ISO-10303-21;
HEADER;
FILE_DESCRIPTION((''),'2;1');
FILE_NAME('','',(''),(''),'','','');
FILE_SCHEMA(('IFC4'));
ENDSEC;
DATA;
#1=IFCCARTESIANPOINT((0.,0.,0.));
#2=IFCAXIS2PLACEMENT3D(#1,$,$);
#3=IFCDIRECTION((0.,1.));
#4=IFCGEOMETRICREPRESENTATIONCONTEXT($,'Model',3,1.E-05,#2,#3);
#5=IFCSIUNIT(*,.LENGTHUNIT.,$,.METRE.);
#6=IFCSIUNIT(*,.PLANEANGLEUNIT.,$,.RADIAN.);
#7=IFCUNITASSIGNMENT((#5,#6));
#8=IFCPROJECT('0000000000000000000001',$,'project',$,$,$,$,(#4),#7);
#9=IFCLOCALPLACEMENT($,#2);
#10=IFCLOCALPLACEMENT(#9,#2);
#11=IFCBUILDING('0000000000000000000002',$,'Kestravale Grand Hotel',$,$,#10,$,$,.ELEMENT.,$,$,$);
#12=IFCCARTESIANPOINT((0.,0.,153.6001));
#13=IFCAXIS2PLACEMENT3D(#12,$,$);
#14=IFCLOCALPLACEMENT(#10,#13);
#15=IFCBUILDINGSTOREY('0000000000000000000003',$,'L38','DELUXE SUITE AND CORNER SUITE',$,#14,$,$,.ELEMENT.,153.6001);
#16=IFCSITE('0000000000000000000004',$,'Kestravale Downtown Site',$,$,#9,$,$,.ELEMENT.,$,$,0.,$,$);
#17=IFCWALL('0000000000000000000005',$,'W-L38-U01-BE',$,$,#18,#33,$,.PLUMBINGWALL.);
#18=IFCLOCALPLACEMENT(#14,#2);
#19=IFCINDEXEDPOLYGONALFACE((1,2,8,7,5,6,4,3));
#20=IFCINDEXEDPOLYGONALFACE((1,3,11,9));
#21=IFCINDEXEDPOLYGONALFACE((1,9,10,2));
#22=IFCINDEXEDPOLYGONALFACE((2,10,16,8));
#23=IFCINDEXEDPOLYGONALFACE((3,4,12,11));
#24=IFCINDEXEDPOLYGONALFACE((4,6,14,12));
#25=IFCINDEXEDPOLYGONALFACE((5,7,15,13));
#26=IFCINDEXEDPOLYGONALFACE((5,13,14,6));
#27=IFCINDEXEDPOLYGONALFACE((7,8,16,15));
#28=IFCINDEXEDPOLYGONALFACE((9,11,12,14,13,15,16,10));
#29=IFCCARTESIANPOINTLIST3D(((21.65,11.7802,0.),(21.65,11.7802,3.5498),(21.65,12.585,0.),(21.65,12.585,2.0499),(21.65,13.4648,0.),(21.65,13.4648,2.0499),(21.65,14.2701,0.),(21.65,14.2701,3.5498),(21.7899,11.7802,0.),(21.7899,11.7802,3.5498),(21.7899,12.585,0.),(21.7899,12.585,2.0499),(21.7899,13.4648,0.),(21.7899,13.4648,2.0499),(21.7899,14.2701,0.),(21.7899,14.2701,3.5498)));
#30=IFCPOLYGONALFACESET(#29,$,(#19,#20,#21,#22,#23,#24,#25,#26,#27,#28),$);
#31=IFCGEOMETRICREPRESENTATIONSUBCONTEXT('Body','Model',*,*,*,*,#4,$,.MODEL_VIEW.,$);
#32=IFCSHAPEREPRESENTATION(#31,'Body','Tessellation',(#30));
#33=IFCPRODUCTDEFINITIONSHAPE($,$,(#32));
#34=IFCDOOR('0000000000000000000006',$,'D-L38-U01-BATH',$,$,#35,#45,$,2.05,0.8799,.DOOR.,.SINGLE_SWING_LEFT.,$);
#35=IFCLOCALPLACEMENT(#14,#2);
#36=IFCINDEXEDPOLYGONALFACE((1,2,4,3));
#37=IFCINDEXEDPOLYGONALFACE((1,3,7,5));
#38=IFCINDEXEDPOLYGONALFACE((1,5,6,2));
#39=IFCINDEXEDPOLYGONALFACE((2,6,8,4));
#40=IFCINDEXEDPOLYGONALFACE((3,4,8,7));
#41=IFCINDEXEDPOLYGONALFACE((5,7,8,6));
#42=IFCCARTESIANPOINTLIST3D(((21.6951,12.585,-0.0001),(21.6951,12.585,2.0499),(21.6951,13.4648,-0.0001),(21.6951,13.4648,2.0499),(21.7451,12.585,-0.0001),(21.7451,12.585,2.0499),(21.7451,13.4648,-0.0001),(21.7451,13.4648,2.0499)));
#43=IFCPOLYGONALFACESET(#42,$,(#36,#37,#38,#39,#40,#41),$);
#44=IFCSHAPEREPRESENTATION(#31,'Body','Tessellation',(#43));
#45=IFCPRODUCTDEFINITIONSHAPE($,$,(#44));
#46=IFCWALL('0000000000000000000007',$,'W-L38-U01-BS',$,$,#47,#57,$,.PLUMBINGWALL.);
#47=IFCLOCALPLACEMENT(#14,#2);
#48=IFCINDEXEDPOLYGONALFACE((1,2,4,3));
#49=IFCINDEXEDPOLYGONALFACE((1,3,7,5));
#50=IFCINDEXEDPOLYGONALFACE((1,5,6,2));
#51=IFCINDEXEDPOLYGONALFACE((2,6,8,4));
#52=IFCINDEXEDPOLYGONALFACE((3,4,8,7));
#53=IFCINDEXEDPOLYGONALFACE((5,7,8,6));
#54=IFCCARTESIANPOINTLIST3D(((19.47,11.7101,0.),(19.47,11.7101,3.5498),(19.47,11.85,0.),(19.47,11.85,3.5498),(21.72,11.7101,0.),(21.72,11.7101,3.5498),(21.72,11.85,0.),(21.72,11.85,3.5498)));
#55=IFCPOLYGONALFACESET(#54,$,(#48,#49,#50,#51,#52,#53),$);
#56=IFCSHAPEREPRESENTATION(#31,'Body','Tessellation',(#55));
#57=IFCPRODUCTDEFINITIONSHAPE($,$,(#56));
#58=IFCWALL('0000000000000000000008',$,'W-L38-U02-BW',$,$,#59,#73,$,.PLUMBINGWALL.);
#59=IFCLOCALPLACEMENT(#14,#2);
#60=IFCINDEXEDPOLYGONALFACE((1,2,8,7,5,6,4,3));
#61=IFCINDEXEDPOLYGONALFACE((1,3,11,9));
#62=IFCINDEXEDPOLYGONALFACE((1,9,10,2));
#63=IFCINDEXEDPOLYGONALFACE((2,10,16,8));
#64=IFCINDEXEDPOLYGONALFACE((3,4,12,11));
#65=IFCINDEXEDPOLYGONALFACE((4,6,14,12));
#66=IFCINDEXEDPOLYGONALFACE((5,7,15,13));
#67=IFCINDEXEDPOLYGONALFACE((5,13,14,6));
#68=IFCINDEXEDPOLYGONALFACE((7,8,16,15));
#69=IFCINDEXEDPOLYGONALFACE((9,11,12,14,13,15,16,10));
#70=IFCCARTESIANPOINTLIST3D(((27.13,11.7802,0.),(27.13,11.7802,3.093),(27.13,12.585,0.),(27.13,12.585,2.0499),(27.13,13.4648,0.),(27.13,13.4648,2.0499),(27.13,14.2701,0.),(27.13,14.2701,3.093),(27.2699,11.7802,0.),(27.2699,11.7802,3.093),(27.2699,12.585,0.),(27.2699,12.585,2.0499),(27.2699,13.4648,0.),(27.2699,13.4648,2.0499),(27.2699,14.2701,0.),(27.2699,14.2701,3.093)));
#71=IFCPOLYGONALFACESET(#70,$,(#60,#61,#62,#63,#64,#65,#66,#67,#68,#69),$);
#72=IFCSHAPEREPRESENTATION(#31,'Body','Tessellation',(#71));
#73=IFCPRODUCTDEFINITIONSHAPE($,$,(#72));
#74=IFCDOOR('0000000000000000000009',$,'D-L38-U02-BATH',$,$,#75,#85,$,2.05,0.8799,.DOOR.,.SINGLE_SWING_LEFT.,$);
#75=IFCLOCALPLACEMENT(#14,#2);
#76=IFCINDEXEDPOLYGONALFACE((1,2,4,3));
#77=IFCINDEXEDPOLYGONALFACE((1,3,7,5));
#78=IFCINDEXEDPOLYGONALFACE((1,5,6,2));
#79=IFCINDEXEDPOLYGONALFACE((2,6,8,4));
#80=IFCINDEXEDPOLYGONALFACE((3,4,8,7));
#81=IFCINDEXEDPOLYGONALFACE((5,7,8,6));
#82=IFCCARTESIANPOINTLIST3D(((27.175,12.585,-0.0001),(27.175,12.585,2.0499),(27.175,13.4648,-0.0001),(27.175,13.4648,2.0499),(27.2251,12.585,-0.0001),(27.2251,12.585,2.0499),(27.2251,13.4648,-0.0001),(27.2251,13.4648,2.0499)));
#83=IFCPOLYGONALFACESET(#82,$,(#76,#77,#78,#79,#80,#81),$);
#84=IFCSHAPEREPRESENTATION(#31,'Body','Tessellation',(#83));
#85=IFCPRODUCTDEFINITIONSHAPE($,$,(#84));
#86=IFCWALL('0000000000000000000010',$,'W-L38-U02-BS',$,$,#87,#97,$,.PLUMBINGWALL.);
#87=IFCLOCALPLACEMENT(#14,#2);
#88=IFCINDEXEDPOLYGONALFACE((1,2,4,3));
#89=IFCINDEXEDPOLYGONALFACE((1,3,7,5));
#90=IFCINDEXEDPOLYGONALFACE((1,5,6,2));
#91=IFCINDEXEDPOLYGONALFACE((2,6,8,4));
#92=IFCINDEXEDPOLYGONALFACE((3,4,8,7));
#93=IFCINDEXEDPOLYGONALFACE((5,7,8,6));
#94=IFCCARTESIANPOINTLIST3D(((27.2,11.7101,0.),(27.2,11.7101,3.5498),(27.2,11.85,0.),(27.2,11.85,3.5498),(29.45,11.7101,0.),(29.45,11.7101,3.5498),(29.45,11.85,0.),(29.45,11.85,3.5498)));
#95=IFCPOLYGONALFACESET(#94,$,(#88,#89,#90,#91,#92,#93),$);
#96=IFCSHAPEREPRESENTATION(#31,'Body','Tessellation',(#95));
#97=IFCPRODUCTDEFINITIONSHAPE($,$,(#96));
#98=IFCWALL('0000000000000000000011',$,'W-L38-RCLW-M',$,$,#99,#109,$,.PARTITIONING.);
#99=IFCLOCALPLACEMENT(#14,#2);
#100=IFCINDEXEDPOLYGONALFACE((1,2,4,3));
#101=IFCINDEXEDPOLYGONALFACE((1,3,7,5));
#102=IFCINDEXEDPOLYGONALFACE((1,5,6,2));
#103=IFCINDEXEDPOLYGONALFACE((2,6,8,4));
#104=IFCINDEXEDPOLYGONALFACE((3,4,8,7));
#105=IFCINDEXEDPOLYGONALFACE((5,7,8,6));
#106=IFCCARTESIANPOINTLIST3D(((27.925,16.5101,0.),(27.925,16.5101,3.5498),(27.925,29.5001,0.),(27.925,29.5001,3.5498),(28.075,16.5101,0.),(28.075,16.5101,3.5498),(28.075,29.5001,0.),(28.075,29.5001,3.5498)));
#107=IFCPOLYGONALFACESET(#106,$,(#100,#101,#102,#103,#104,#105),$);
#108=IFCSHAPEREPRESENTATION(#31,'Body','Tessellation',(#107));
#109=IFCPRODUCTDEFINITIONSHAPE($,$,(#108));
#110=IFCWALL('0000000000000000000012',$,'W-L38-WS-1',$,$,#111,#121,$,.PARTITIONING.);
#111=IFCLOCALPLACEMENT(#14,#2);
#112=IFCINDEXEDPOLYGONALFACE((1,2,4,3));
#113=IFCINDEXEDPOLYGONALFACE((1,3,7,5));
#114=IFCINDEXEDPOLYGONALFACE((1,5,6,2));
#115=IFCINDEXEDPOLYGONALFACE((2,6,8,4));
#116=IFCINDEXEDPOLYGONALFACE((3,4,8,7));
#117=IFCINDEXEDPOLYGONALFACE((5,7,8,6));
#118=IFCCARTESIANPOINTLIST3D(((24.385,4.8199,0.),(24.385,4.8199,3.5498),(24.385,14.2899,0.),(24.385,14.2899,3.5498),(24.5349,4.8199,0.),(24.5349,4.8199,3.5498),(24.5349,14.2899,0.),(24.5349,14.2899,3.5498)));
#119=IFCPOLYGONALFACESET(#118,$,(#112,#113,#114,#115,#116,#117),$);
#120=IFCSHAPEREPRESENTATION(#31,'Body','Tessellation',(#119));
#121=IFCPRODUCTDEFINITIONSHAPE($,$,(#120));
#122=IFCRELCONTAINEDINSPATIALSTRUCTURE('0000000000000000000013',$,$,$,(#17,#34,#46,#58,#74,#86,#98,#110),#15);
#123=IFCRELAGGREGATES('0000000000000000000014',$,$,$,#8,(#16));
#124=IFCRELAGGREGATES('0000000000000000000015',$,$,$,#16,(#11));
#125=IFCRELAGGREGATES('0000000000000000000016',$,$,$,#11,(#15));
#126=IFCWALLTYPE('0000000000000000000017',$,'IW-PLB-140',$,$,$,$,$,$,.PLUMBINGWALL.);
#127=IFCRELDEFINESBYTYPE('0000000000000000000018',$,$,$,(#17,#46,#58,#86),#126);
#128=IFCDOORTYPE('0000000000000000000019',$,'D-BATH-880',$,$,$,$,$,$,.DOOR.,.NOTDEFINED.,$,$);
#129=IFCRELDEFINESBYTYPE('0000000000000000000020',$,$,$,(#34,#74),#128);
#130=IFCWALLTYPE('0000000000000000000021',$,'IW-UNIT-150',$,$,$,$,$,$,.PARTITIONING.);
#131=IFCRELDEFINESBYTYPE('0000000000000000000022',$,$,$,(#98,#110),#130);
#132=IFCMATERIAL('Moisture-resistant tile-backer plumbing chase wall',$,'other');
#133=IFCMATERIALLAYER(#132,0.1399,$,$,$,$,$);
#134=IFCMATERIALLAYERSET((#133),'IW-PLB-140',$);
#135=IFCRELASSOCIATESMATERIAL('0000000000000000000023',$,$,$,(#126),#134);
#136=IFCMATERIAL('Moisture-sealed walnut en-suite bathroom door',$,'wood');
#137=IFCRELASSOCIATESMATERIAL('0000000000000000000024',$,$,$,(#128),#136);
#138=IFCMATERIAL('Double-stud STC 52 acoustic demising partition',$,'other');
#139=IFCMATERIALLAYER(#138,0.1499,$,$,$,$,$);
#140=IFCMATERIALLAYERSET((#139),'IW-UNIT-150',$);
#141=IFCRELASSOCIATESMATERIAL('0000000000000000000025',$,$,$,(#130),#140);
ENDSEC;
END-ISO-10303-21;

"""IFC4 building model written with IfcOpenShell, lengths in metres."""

from ifc_helpers import new_model, si_unit, direction, frame, frame_2d, origin, place, context, subcontext, project, spatial, rectangle, extrude, material, layer, layer_set, type_object, element, fill, save


model = new_model("IFC4")

# Units and contexts
model_context = context("Model", 3, precision=1e-05, world=origin(), true_north=direction((0.0, 1.0)))
body_context = subcontext(model_context, "Body", "Model", "MODEL_VIEW")
ifc_project = project(units=[si_unit("LENGTHUNIT", "METRE"), si_unit("PLANEANGLEUNIT", "RADIAN")], contexts=[model_context])

# Site, building, storey
site_placement = place(None, origin())
site = spatial("IfcSite", under=ifc_project, at=site_placement, Name="Kestravale Downtown Site", CompositionType="ELEMENT", RefElevation=0.0)
building_placement = place(site_placement, origin())
building = spatial("IfcBuilding", under=site, at=building_placement, Name="Kestravale Grand Hotel", CompositionType="ELEMENT")
storey_placement = place(building_placement, frame((0.0, 0.0, 153.6001)))
storey = spatial("IfcBuildingStorey", under=building, at=storey_placement, Name="L38", Description="DELUXE SUITE AND CORNER SUITE", CompositionType="ELEMENT", Elevation=153.6001)

# Wall, opening, door
ifc_material_1 = material(Name="Moisture-resistant tile-backer plumbing chase wall", Category="other")
ifc_layer_1 = layer(ifc_material_1, 0.1399)
ifc_layer_set_1 = layer_set([ifc_layer_1], Name="IW-PLB-140")
wall_type_1 = type_object("IfcWallType", Name="IW-PLB-140", PredefinedType="PLUMBINGWALL", material=ifc_layer_set_1)
wall_1_placement = place(storey_placement, frame((21.72, 11.78, 0.0), z_axis=(0.0, 0.0, 1.0), x_axis=(0.0, 1.0, 0.0)))
wall_1 = element("IfcWall", 1, at=wall_1_placement, inside=storey, type_object=wall_type_1, Name="W-L38-U01-BE", PredefinedType="PLUMBINGWALL", context=body_context, shape_type="SweptSolid", body=[
    extrude(rectangle(XDim=2.49, YDim=0.1399, at=frame_2d((1.2451, 0.0))), origin(), (0.0, 0.0, 1.0), 3.5498),
])
opening_1_placement = place(wall_1_placement, frame((0.8049, 0.0, 0.0)))
opening_1 = element("IfcOpeningElement", 2, at=opening_1_placement, cuts=wall_1, PredefinedType="OPENING", context=body_context, shape_type="SweptSolid", body=[
    extrude(rectangle(XDim=0.8799, YDim=2.05, at=frame_2d((0.4399, 1.0249))), frame((0.0, 0.0798, 0.0), z_axis=(0.0, -1.0, 0.0), x_axis=(1.0, 0.0, 0.0)), (0.0, 0.0, 1.0), 0.1599),
])
ifc_material_2 = material(Name="Moisture-sealed walnut en-suite bathroom door", Category="wood")
door_type = type_object("IfcDoorType", Name="D-BATH-880", OperationType="NOTDEFINED", PredefinedType="DOOR", material=ifc_material_2)
door_1_placement = place(opening_1_placement, origin())
door_1 = element("IfcDoor", 3, at=door_1_placement, inside=storey, type_object=door_type, Name="D-L38-U01-BATH", OperationType="SINGLE_SWING_LEFT", OverallHeight=2.05, OverallWidth=0.8799, PredefinedType="DOOR", context=body_context, shape_type="SweptSolid", body=[
    extrude(rectangle(XDim=0.8799, YDim=2.05, at=frame_2d((0.4399, 1.0249))), frame((0.0, 0.0249, 0.0), z_axis=(0.0, -1.0, 0.0), x_axis=(1.0, 0.0, 0.0)), (0.0, 0.0, 1.0), 0.05),
])
fill(opening_1, door_1)

# Wall
wall_2_placement = place(storey_placement, frame((19.47, 11.78, 0.0), z_axis=(0.0, 0.0, 1.0), x_axis=(1.0, 0.0, 0.0)))
element("IfcWall", 4, at=wall_2_placement, inside=storey, type_object=wall_type_1, Name="W-L38-U01-BS", PredefinedType="PLUMBINGWALL", context=body_context, shape_type="SweptSolid", body=[
    extrude(rectangle(XDim=2.25, YDim=0.1399, at=frame_2d((1.125, 0.0))), origin(), (0.0, 0.0, 1.0), 3.5498),
])

# Wall, opening, door
wall_3_placement = place(storey_placement, frame((27.2, 11.78, 0.0), z_axis=(0.0, 0.0, 1.0), x_axis=(0.0, 1.0, 0.0)))
wall_3 = element("IfcWall", 5, at=wall_3_placement, inside=storey, type_object=wall_type_1, Name="W-L38-U02-BW", PredefinedType="PLUMBINGWALL", context=body_context, shape_type="SweptSolid", body=[
    extrude(rectangle(XDim=2.49, YDim=0.1399, at=frame_2d((1.2451, 0.0))), origin(), (0.0, 0.0, 1.0), 3.093),
])
opening_2_placement = place(wall_3_placement, frame((0.8049, 0.0, 0.0)))
opening_2 = element("IfcOpeningElement", 6, at=opening_2_placement, cuts=wall_3, PredefinedType="OPENING", context=body_context, shape_type="SweptSolid", body=[
    extrude(rectangle(XDim=0.8799, YDim=2.05, at=frame_2d((0.4399, 1.0249))), frame((0.0, 0.0798, 0.0), z_axis=(0.0, -1.0, 0.0), x_axis=(1.0, 0.0, 0.0)), (0.0, 0.0, 1.0), 0.1599),
])
door_2_placement = place(opening_2_placement, origin())
door_2 = element("IfcDoor", 7, at=door_2_placement, inside=storey, type_object=door_type, Name="D-L38-U02-BATH", OperationType="SINGLE_SWING_LEFT", OverallHeight=2.05, OverallWidth=0.8799, PredefinedType="DOOR", context=body_context, shape_type="SweptSolid", body=[
    extrude(rectangle(XDim=0.8799, YDim=2.05, at=frame_2d((0.4399, 1.0249))), frame((0.0, 0.0249, 0.0), z_axis=(0.0, -1.0, 0.0), x_axis=(1.0, 0.0, 0.0)), (0.0, 0.0, 1.0), 0.05),
])
fill(opening_2, door_2)

# Walls
wall_4_placement = place(storey_placement, frame((27.2, 11.78, 0.0), z_axis=(0.0, 0.0, 1.0), x_axis=(1.0, 0.0, 0.0)))
element("IfcWall", 8, at=wall_4_placement, inside=storey, type_object=wall_type_1, Name="W-L38-U02-BS", PredefinedType="PLUMBINGWALL", context=body_context, shape_type="SweptSolid", body=[
    extrude(rectangle(XDim=2.25, YDim=0.1399, at=frame_2d((1.125, 0.0))), origin(), (0.0, 0.0, 1.0), 3.5498),
])
ifc_material_3 = material(Name="Double-stud STC 52 acoustic demising partition", Category="other")
ifc_layer_2 = layer(ifc_material_3, 0.1499)
ifc_layer_set_2 = layer_set([ifc_layer_2], Name="IW-UNIT-150")
wall_type_2 = type_object("IfcWallType", Name="IW-UNIT-150", PredefinedType="PARTITIONING", material=ifc_layer_set_2)
wall_5_placement = place(storey_placement, frame((28.0, 16.51, 0.0), z_axis=(0.0, 0.0, 1.0), x_axis=(0.0, 1.0, 0.0)))
element("IfcWall", 9, at=wall_5_placement, inside=storey, type_object=wall_type_2, Name="W-L38-RCLW-M", PredefinedType="PARTITIONING", context=body_context, shape_type="SweptSolid", body=[
    extrude(rectangle(XDim=12.99, YDim=0.1499, at=frame_2d((6.4951, 0.0))), origin(), (0.0, 0.0, 1.0), 3.5498),
])
wall_6_placement = place(storey_placement, frame((24.46, 4.8201, 0.0), z_axis=(0.0, 0.0, 1.0), x_axis=(0.0, 1.0, 0.0)))
element("IfcWall", 10, at=wall_6_placement, inside=storey, type_object=wall_type_2, Name="W-L38-WS-1", PredefinedType="PARTITIONING", context=body_context, shape_type="SweptSolid", body=[
    extrude(rectangle(XDim=9.47, YDim=0.1499, at=frame_2d((4.7349, 0.0))), origin(), (0.0, 0.0, 1.0), 3.5498),
])

save(model, "model.ifc")
